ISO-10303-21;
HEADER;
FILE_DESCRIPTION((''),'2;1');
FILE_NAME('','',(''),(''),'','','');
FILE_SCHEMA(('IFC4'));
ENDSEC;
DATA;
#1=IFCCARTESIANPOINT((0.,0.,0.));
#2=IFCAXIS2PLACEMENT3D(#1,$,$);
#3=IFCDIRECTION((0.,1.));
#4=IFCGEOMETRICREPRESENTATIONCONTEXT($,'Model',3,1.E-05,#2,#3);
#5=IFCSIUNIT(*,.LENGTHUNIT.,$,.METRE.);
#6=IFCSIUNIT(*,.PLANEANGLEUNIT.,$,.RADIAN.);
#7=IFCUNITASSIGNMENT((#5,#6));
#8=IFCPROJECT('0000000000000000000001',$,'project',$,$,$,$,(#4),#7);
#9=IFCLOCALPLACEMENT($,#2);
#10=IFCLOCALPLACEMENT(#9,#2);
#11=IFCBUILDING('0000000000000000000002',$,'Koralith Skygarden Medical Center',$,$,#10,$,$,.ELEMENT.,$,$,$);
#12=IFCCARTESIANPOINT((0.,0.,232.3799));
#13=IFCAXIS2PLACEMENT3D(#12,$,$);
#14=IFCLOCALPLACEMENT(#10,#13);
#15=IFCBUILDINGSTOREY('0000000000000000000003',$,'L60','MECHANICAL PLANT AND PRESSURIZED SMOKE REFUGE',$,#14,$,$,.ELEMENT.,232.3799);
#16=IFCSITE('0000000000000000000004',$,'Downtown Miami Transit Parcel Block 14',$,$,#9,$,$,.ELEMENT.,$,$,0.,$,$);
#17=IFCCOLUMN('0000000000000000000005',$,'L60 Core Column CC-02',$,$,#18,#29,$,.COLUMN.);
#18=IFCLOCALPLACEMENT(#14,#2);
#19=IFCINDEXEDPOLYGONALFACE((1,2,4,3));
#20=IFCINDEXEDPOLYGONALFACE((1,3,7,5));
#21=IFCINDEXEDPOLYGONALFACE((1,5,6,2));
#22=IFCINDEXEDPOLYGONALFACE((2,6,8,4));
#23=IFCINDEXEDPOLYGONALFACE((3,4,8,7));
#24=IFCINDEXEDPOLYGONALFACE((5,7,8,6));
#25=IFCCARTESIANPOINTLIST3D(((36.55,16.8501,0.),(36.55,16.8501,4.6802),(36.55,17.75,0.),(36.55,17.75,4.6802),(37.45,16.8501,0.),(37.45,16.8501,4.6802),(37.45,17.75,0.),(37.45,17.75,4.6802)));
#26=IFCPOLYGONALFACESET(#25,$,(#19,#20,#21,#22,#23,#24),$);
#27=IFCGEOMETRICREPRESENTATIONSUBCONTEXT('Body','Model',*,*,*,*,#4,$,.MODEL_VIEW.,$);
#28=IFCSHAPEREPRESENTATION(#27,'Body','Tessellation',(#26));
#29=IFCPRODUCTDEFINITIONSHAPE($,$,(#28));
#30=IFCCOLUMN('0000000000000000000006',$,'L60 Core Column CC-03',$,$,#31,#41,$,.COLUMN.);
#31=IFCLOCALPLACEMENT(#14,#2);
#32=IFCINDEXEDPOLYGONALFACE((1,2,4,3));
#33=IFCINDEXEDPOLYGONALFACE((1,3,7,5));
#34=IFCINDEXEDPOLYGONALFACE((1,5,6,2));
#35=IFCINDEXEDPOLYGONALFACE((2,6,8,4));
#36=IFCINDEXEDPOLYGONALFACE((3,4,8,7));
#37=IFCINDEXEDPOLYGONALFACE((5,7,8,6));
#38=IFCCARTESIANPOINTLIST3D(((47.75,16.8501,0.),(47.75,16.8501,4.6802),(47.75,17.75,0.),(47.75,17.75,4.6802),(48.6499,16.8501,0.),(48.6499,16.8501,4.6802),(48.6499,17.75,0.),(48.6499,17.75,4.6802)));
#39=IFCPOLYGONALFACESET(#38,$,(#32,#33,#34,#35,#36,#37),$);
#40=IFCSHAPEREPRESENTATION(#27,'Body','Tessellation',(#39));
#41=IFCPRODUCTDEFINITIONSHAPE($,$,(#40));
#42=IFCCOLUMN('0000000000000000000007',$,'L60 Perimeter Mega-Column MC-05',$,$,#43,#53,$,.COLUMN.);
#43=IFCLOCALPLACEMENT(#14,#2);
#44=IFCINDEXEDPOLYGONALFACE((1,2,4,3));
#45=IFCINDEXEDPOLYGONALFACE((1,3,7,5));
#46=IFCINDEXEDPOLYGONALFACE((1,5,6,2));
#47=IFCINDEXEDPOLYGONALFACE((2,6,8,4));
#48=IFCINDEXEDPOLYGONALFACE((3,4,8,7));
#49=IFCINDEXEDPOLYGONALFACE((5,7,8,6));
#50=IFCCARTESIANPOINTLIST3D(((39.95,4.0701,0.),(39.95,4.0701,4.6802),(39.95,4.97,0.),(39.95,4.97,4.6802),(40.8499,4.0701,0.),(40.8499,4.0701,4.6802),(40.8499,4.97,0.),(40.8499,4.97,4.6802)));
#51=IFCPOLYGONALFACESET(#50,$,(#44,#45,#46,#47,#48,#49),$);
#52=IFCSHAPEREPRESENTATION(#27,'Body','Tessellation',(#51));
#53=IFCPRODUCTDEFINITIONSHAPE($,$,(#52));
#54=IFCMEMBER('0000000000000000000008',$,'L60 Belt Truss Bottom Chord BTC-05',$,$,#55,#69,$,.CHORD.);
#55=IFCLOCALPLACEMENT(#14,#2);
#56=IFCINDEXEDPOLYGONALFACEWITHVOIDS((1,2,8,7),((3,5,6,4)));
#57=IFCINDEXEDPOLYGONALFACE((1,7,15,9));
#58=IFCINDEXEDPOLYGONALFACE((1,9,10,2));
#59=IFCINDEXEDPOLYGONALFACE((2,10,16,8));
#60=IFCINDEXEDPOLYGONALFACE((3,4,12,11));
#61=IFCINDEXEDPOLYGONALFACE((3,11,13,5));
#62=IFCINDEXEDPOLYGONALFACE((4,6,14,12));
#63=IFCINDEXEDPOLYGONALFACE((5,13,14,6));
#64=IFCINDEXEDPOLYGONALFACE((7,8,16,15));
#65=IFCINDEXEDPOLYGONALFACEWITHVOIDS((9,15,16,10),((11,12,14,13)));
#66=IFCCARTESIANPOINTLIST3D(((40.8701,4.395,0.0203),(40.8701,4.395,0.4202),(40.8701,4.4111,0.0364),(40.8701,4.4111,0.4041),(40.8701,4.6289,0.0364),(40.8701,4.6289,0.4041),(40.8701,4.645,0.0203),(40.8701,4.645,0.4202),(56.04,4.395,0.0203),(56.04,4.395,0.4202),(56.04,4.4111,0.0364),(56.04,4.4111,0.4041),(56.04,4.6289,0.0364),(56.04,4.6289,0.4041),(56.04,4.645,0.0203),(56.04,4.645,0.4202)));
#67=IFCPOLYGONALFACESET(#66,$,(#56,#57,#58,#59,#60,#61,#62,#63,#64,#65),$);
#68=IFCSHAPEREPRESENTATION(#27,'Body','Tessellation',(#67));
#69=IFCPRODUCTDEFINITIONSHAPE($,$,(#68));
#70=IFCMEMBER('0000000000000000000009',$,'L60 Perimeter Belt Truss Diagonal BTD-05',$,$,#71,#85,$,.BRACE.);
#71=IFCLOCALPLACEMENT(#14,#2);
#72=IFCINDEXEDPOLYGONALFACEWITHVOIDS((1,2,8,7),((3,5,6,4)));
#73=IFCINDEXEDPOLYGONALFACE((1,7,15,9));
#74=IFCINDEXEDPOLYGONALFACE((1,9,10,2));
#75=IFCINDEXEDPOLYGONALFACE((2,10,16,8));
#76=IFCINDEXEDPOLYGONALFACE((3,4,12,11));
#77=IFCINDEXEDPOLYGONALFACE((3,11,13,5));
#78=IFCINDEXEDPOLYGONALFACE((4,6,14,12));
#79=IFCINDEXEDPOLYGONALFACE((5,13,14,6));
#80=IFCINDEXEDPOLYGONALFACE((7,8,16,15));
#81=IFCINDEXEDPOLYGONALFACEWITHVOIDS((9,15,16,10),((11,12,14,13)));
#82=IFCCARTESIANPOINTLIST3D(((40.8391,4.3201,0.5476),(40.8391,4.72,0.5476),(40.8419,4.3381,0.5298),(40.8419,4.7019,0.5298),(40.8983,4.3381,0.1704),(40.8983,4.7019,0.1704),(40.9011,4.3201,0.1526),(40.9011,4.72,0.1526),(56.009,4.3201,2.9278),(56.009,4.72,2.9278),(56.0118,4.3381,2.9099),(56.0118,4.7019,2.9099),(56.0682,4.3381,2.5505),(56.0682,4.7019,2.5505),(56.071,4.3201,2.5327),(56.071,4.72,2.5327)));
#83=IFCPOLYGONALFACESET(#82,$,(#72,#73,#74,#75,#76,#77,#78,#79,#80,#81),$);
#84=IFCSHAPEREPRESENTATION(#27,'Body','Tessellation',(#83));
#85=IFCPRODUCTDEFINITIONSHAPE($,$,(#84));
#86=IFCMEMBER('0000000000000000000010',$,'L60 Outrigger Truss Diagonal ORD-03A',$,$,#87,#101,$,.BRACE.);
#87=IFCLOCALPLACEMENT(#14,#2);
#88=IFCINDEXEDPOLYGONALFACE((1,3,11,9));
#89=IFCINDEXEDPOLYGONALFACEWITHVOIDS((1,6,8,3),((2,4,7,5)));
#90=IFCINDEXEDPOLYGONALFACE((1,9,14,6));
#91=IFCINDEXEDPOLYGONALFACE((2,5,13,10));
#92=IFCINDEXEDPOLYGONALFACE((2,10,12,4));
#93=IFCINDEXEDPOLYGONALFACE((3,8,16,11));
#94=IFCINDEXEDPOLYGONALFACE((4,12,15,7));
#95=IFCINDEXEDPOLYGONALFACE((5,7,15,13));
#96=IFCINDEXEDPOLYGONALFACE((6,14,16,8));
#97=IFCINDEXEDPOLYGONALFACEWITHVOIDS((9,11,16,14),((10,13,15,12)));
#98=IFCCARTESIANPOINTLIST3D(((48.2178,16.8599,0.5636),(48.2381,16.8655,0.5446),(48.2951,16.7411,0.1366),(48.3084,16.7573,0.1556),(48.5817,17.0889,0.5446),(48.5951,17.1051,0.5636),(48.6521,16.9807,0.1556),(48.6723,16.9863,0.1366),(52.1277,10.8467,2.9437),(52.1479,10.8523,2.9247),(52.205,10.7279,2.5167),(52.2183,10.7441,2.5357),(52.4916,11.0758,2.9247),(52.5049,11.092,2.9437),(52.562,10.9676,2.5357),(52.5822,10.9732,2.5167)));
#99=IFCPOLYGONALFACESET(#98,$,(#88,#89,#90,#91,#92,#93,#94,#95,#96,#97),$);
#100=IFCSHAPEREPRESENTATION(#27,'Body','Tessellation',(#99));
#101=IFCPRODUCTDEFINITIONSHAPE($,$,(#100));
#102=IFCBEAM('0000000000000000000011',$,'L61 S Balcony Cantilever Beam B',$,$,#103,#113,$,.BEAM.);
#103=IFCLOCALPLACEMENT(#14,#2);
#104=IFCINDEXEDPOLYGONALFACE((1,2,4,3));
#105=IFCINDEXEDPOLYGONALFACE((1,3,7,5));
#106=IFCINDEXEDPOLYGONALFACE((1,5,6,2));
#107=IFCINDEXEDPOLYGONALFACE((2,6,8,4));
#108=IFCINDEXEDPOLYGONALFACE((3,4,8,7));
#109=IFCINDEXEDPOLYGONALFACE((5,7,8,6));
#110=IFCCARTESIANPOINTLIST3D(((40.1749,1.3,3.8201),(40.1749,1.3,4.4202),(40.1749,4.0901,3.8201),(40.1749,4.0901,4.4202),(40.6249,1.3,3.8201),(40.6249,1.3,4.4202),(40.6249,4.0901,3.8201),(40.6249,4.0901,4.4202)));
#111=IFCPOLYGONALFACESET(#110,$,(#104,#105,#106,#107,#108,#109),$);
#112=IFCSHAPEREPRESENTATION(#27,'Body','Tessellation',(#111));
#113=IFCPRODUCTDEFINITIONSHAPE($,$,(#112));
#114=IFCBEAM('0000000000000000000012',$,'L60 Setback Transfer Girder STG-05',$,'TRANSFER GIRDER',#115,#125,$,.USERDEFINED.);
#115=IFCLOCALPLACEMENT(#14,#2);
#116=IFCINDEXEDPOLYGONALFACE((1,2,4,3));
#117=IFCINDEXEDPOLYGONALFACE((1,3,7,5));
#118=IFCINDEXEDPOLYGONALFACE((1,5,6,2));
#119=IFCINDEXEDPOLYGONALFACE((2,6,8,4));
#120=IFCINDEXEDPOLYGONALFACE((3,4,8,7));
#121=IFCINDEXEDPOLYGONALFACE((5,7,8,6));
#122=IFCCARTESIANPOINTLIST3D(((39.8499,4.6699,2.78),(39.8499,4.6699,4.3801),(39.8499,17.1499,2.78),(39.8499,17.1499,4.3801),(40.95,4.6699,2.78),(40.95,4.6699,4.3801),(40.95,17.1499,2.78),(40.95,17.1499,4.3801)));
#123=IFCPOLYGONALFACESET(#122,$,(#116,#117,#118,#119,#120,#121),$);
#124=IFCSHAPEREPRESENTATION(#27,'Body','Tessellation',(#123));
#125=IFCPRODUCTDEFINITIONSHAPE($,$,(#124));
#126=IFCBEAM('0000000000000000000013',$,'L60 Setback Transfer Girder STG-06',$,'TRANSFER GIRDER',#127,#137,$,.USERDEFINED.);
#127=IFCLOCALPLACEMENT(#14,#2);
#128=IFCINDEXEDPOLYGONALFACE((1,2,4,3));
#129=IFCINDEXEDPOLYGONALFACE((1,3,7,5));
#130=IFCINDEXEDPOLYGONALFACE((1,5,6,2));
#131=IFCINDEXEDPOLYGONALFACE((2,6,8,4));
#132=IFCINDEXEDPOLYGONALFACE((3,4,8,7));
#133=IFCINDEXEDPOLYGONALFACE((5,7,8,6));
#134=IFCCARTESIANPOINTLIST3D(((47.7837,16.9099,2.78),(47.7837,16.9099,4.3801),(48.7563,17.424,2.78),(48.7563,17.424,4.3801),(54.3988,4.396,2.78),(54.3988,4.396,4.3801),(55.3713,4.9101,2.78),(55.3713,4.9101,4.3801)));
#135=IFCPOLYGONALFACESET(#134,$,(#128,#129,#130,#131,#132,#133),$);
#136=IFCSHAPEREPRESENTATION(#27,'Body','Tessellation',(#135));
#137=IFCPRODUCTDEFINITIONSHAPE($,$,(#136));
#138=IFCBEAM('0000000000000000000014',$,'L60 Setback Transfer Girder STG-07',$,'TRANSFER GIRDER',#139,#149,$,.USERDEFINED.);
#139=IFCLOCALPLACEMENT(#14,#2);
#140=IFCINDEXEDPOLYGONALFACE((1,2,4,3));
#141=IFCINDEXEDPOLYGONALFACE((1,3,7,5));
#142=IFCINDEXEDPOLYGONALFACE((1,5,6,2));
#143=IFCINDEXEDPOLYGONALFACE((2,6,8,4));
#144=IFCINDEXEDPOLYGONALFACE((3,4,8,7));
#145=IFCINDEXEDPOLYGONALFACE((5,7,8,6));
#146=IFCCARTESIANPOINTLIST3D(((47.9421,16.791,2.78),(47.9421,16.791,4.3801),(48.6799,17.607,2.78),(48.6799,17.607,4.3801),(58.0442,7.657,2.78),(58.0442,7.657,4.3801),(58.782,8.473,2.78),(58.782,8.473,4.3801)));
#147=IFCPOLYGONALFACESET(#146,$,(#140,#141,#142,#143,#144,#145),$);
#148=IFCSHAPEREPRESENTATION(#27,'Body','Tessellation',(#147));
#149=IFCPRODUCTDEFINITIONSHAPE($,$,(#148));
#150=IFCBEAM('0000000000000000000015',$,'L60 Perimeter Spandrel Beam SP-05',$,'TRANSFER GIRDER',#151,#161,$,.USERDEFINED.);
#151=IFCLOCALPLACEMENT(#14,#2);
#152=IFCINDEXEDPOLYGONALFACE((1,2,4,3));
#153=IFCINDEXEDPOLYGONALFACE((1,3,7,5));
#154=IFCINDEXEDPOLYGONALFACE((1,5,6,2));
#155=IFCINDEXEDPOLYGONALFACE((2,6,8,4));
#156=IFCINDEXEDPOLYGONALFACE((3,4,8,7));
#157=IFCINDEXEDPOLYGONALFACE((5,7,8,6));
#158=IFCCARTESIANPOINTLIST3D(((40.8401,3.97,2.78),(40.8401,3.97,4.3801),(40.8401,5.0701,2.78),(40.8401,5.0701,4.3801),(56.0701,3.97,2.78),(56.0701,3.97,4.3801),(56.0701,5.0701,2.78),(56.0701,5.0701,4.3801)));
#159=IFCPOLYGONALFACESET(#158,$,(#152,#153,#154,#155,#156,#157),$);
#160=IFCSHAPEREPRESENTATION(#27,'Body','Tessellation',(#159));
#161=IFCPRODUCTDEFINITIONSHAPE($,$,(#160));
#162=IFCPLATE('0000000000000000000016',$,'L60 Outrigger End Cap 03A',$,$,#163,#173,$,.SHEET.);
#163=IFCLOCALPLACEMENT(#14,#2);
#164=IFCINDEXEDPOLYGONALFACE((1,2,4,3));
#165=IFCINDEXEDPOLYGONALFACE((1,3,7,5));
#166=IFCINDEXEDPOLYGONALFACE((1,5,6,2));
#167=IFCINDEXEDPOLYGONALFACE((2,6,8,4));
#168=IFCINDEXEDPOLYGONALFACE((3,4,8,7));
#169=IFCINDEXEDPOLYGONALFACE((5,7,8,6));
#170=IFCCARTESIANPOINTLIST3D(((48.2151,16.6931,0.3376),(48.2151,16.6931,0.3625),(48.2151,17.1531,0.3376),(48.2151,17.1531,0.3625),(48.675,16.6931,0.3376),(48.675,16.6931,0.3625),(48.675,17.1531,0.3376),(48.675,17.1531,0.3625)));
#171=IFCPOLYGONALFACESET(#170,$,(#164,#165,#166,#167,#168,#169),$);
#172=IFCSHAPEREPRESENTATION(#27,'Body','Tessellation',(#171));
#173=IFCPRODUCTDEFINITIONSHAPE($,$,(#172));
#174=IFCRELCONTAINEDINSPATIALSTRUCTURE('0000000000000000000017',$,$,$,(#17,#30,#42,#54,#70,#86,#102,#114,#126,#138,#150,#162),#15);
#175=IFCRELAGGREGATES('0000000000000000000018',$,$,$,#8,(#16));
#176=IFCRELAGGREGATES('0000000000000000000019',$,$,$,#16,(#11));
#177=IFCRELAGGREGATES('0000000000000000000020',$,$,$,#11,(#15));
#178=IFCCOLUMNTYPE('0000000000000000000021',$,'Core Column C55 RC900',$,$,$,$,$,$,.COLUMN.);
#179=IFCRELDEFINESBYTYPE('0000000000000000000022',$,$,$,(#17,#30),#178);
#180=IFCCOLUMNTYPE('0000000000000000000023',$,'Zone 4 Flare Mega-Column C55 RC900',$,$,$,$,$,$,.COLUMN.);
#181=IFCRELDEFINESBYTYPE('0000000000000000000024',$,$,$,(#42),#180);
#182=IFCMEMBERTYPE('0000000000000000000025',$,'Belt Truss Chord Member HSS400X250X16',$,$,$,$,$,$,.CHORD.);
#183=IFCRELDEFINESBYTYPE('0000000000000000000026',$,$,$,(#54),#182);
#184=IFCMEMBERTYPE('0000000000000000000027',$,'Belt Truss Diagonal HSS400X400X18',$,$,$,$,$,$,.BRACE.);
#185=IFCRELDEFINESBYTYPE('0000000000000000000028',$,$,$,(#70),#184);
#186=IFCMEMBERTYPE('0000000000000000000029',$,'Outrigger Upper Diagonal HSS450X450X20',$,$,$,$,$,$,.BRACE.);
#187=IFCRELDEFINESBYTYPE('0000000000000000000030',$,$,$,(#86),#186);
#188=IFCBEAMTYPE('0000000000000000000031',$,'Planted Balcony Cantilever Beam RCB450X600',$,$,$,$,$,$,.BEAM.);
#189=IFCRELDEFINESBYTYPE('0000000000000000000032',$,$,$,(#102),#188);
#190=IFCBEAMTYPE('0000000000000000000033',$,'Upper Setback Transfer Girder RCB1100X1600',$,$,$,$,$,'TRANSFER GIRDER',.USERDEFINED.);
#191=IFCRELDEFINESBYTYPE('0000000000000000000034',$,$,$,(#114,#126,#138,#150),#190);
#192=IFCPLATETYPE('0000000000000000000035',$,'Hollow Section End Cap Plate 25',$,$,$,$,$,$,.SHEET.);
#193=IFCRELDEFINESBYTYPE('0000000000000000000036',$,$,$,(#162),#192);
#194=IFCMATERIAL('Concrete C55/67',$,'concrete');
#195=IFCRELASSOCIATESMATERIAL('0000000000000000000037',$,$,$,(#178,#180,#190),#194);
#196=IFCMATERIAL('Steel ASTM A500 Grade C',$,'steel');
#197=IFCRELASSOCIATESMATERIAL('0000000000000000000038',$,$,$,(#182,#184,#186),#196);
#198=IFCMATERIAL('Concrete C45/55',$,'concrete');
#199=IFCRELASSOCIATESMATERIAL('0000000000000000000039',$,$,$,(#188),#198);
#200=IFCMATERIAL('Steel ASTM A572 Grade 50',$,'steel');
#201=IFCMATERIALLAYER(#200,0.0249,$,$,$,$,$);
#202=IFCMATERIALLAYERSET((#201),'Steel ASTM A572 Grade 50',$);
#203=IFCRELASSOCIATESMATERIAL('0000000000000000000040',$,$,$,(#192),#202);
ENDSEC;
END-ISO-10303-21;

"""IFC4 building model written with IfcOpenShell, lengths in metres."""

from ifc_helpers import new_model, si_unit, direction, frame, origin, origin_2d, place, context, subcontext, project, spatial, rectangle, hollow_rectangle, extrude, material, layer, layer_set, material_profile, profile_set, type_object, element, save


model = new_model("IFC4")

# Units and contexts
model_context = context("Model", 3, precision=1e-05, world=origin(), true_north=direction((0.0, 1.0)))
body_context = subcontext(model_context, "Body", "Model", "MODEL_VIEW")
ifc_project = project(units=[si_unit("LENGTHUNIT", "METRE"), si_unit("PLANEANGLEUNIT", "RADIAN")], contexts=[model_context])

# Site, building, storey
site_placement = place(None, origin())
site = spatial("IfcSite", under=ifc_project, at=site_placement, Name="Downtown Miami Transit Parcel Block 14", CompositionType="ELEMENT", RefElevation=0.0)
building_placement = place(site_placement, origin())
building = spatial("IfcBuilding", under=site, at=building_placement, Name="Koralith Skygarden Medical Center", CompositionType="ELEMENT")
storey_placement = place(building_placement, frame((0.0, 0.0, 232.3799)))
storey = spatial("IfcBuildingStorey", under=building, at=storey_placement, Name="L60", Description="MECHANICAL PLANT AND PRESSURIZED SMOKE REFUGE", CompositionType="ELEMENT", Elevation=232.3799)

# Columns
ifc_material_1 = material(Name="Concrete C55/67", Category="concrete")
ifc_material_profile_1 = material_profile(ifc_material_1, rectangle(XDim=0.8999, YDim=0.8999, at=origin_2d()), Name="RC900X900")
ifc_profile_set_1 = profile_set([ifc_material_profile_1], Name="Concrete C55/67")
column_type_1 = type_object("IfcColumnType", Name="Core Column C55 RC900", PredefinedType="COLUMN", material=ifc_profile_set_1)
for number, where, z_axis, x_axis, name in (
    (1, (37.0, 17.3, 0.0), (0.0, 0.0, 1.0), (1.0, 0.0, 0.0), "L60 Core Column CC-02"),
    (2, (48.2, 17.3, 0.0), (0.0, 0.0, 1.0), (1.0, 0.0, 0.0), "L60 Core Column CC-03"),
):
    element("IfcColumn", number, at=place(storey_placement, frame(where, z_axis=z_axis, x_axis=x_axis)), inside=storey, type_object=column_type_1, Name=name, PredefinedType="COLUMN", context=body_context, shape_type="SweptSolid", body=[
        extrude(rectangle(XDim=0.8999, YDim=0.8999, at=origin_2d()), origin(), (0.0, 0.0, 1.0), 4.6802),
    ])
ifc_material_profile_2 = material_profile(ifc_material_1, rectangle(XDim=0.8999, YDim=0.8999, at=origin_2d()), Name="RC900X900")
ifc_profile_set_2 = profile_set([ifc_material_profile_2], Name="Concrete C55/67")
column_type_2 = type_object("IfcColumnType", Name="Zone 4 Flare Mega-Column C55 RC900", PredefinedType="COLUMN", material=ifc_profile_set_2)
column_placement = place(storey_placement, frame((40.3999, 4.52, 0.0), z_axis=(0.0, 0.0, 1.0), x_axis=(1.0, 0.0, 0.0)))
element("IfcColumn", 3, at=column_placement, inside=storey, type_object=column_type_2, Name="L60 Perimeter Mega-Column MC-05", PredefinedType="COLUMN", context=body_context, shape_type="SweptSolid", body=[
    extrude(rectangle(XDim=0.8999, YDim=0.8999, at=origin_2d()), origin(), (0.0, 0.0, 1.0), 4.6802),
])

# Members
ifc_material_2 = material(Name="Steel ASTM A500 Grade C", Category="steel")
ifc_material_profile_3 = material_profile(ifc_material_2, hollow_rectangle(XDim=0.25, YDim=0.3999, WallThickness=0.0161, at=origin_2d()), Name="HSS400X250X16")
ifc_profile_set_3 = profile_set([ifc_material_profile_3], Name="Steel ASTM A500 Grade C")
member_type_1 = type_object("IfcMemberType", Name="Belt Truss Chord Member HSS400X250X16", PredefinedType="CHORD", material=ifc_profile_set_3)
member_1_placement = place(storey_placement, frame((40.8701, 4.52, 0.2202), z_axis=(1.0, 0.0, 0.0), x_axis=(0.0, 1.0, 0.0)))
element("IfcMember", 4, at=member_1_placement, inside=storey, type_object=member_type_1, Name="L60 Belt Truss Bottom Chord BTC-05", PredefinedType="CHORD", context=body_context, shape_type="SweptSolid", body=[
    extrude(hollow_rectangle(XDim=0.25, YDim=0.3999, WallThickness=0.0161, at=origin_2d()), origin(), (0.0, 0.0, 1.0), 15.1699),
])
ifc_material_profile_4 = material_profile(ifc_material_2, hollow_rectangle(XDim=0.3999, YDim=0.3999, WallThickness=0.0181, at=origin_2d()), Name="HSS400X400X18")
ifc_profile_set_4 = profile_set([ifc_material_profile_4], Name="Steel ASTM A500 Grade C")
member_type_2 = type_object("IfcMemberType", Name="Belt Truss Diagonal HSS400X400X18", PredefinedType="BRACE", material=ifc_profile_set_4)
member_2_placement = place(storey_placement, frame((40.8701, 4.52, 0.3501), z_axis=(0.987914, 0.0, 0.155002), x_axis=(0.0, 1.0, 0.0)))
element("IfcMember", 5, at=member_2_placement, inside=storey, type_object=member_type_2, Name="L60 Perimeter Belt Truss Diagonal BTD-05", PredefinedType="BRACE", context=body_context, shape_type="SweptSolid", body=[
    extrude(hollow_rectangle(XDim=0.3999, YDim=0.3999, WallThickness=0.0181, at=origin_2d()), origin(), (0.0, 0.0, 1.0), 15.3555),
])
ifc_material_profile_5 = material_profile(ifc_material_2, hollow_rectangle(XDim=0.45, YDim=0.45, WallThickness=0.02, at=origin_2d()), Name="HSS450X450X20")
ifc_profile_set_5 = profile_set([ifc_material_profile_5], Name="Steel ASTM A500 Grade C")
member_type_3 = type_object("IfcMemberType", Name="Outrigger Upper Diagonal HSS450X450X20", PredefinedType="BRACE", material=ifc_profile_set_5)
member_3_placement = place(storey_placement, frame((48.4451, 16.9231, 0.3501), z_axis=(0.517378, -0.795693, 0.31495), x_axis=(0.838358, 0.54512, 0.0)))
element("IfcMember", 6, at=member_3_placement, inside=storey, type_object=member_type_3, Name="L60 Outrigger Truss Diagonal ORD-03A", PredefinedType="BRACE", context=body_context, shape_type="SweptSolid", body=[
    extrude(hollow_rectangle(XDim=0.45, YDim=0.45, WallThickness=0.02, at=origin_2d()), origin(), (0.0, 0.0, 1.0), 7.5571),
])

# Beams
ifc_material_3 = material(Name="Concrete C45/55", Category="concrete")
ifc_material_profile_6 = material_profile(ifc_material_3, rectangle(XDim=0.45, YDim=0.6001, at=origin_2d()), Name="RCB450X600")
ifc_profile_set_6 = profile_set([ifc_material_profile_6], Name="Concrete C45/55")
beam_type_1 = type_object("IfcBeamType", Name="Planted Balcony Cantilever Beam RCB450X600", PredefinedType="BEAM", material=ifc_profile_set_6)
beam_1_placement = place(storey_placement, frame((40.3999, 4.0901, 4.1201), z_axis=(0.0, -1.0, 0.0), x_axis=(1.0, 0.0, 0.0)))
element("IfcBeam", 7, at=beam_1_placement, inside=storey, type_object=beam_type_1, Name="L61 S Balcony Cantilever Beam B", PredefinedType="BEAM", context=body_context, shape_type="SweptSolid", body=[
    extrude(rectangle(XDim=0.45, YDim=0.6001, at=origin_2d()), origin(), (0.0, 0.0, 1.0), 2.79),
])
ifc_material_profile_7 = material_profile(ifc_material_1, rectangle(XDim=1.1001, YDim=1.6001, at=origin_2d()), Name="RCB1100X1600")
ifc_profile_set_7 = profile_set([ifc_material_profile_7], Name="Concrete C55/67")
beam_type_2 = type_object("IfcBeamType", Name="Upper Setback Transfer Girder RCB1100X1600", ElementType="TRANSFER GIRDER", PredefinedType="USERDEFINED", material=ifc_profile_set_7)
beam_2_placement = place(storey_placement, frame((40.3999, 17.1499, 3.5801), z_axis=(0.0, -1.0, 0.0), x_axis=(1.0, 0.0, 0.0)))
element("IfcBeam", 8, at=beam_2_placement, inside=storey, type_object=beam_type_2, Name="L60 Setback Transfer Girder STG-05", ObjectType="TRANSFER GIRDER", PredefinedType="USERDEFINED", context=body_context, shape_type="SweptSolid", body=[
    extrude(rectangle(XDim=1.1001, YDim=1.6001, at=origin_2d()), origin(), (0.0, 0.0, 1.0), 12.48),
])
beam_3_placement = place(storey_placement, frame((48.27, 17.167, 3.5801), z_axis=(0.467334, -0.884081, 0.0), x_axis=(0.884081, 0.467334, 0.0)))
element("IfcBeam", 9, at=beam_3_placement, inside=storey, type_object=beam_type_2, Name="L60 Setback Transfer Girder STG-06", ObjectType="TRANSFER GIRDER", PredefinedType="USERDEFINED", context=body_context, shape_type="SweptSolid", body=[
    extrude(rectangle(XDim=1.1001, YDim=1.6001, at=origin_2d()), origin(), (0.0, 0.0, 1.0), 14.1548),
])
beam_4_placement = place(storey_placement, frame((48.311, 17.199, 3.5801), z_axis=(0.741752, -0.670674, 0.0), x_axis=(0.670674, 0.741752, 0.0)))
element("IfcBeam", 10, at=beam_4_placement, inside=storey, type_object=beam_type_2, Name="L60 Setback Transfer Girder STG-07", ObjectType="TRANSFER GIRDER", PredefinedType="USERDEFINED", context=body_context, shape_type="SweptSolid", body=[
    extrude(rectangle(XDim=1.1001, YDim=1.6001, at=origin_2d()), origin(), (0.0, 0.0, 1.0), 13.6191),
])
beam_5_placement = place(storey_placement, frame((40.8401, 4.52, 3.5801), z_axis=(1.0, 0.0, 0.0), x_axis=(0.0, 1.0, 0.0)))
element("IfcBeam", 11, at=beam_5_placement, inside=storey, type_object=beam_type_2, Name="L60 Perimeter Spandrel Beam SP-05", ObjectType="TRANSFER GIRDER", PredefinedType="USERDEFINED", context=body_context, shape_type="SweptSolid", body=[
    extrude(rectangle(XDim=1.1001, YDim=1.6001, at=origin_2d()), origin(), (0.0, 0.0, 1.0), 15.23),
])

# Plate
ifc_material_4 = material(Name="Steel ASTM A572 Grade 50", Category="steel")
ifc_layer_1 = layer(ifc_material_4, 0.0249)
ifc_layer_set_1 = layer_set([ifc_layer_1], Name="Steel ASTM A572 Grade 50")
plate_type = type_object("IfcPlateType", Name="Hollow Section End Cap Plate 25", PredefinedType="SHEET", material=ifc_layer_set_1)
for number, where, z_axis, x_axis, name in (
    (12, (48.4451, 16.9231, 0.3376), (0.0, 0.0, 1.0), (1.0, 0.0, 0.0), "L60 Outrigger End Cap 03A"),
):
    element("IfcPlate", number, at=place(storey_placement, frame(where, z_axis=z_axis, x_axis=x_axis)), inside=storey, type_object=plate_type, Name=name, PredefinedType="SHEET", context=body_context, shape_type="SweptSolid", body=[
        extrude(rectangle(XDim=0.46, YDim=0.46, at=origin_2d()), origin(), (0.0, 0.0, 1.0), 0.0249),
    ])

save(model, "model.ifc")
